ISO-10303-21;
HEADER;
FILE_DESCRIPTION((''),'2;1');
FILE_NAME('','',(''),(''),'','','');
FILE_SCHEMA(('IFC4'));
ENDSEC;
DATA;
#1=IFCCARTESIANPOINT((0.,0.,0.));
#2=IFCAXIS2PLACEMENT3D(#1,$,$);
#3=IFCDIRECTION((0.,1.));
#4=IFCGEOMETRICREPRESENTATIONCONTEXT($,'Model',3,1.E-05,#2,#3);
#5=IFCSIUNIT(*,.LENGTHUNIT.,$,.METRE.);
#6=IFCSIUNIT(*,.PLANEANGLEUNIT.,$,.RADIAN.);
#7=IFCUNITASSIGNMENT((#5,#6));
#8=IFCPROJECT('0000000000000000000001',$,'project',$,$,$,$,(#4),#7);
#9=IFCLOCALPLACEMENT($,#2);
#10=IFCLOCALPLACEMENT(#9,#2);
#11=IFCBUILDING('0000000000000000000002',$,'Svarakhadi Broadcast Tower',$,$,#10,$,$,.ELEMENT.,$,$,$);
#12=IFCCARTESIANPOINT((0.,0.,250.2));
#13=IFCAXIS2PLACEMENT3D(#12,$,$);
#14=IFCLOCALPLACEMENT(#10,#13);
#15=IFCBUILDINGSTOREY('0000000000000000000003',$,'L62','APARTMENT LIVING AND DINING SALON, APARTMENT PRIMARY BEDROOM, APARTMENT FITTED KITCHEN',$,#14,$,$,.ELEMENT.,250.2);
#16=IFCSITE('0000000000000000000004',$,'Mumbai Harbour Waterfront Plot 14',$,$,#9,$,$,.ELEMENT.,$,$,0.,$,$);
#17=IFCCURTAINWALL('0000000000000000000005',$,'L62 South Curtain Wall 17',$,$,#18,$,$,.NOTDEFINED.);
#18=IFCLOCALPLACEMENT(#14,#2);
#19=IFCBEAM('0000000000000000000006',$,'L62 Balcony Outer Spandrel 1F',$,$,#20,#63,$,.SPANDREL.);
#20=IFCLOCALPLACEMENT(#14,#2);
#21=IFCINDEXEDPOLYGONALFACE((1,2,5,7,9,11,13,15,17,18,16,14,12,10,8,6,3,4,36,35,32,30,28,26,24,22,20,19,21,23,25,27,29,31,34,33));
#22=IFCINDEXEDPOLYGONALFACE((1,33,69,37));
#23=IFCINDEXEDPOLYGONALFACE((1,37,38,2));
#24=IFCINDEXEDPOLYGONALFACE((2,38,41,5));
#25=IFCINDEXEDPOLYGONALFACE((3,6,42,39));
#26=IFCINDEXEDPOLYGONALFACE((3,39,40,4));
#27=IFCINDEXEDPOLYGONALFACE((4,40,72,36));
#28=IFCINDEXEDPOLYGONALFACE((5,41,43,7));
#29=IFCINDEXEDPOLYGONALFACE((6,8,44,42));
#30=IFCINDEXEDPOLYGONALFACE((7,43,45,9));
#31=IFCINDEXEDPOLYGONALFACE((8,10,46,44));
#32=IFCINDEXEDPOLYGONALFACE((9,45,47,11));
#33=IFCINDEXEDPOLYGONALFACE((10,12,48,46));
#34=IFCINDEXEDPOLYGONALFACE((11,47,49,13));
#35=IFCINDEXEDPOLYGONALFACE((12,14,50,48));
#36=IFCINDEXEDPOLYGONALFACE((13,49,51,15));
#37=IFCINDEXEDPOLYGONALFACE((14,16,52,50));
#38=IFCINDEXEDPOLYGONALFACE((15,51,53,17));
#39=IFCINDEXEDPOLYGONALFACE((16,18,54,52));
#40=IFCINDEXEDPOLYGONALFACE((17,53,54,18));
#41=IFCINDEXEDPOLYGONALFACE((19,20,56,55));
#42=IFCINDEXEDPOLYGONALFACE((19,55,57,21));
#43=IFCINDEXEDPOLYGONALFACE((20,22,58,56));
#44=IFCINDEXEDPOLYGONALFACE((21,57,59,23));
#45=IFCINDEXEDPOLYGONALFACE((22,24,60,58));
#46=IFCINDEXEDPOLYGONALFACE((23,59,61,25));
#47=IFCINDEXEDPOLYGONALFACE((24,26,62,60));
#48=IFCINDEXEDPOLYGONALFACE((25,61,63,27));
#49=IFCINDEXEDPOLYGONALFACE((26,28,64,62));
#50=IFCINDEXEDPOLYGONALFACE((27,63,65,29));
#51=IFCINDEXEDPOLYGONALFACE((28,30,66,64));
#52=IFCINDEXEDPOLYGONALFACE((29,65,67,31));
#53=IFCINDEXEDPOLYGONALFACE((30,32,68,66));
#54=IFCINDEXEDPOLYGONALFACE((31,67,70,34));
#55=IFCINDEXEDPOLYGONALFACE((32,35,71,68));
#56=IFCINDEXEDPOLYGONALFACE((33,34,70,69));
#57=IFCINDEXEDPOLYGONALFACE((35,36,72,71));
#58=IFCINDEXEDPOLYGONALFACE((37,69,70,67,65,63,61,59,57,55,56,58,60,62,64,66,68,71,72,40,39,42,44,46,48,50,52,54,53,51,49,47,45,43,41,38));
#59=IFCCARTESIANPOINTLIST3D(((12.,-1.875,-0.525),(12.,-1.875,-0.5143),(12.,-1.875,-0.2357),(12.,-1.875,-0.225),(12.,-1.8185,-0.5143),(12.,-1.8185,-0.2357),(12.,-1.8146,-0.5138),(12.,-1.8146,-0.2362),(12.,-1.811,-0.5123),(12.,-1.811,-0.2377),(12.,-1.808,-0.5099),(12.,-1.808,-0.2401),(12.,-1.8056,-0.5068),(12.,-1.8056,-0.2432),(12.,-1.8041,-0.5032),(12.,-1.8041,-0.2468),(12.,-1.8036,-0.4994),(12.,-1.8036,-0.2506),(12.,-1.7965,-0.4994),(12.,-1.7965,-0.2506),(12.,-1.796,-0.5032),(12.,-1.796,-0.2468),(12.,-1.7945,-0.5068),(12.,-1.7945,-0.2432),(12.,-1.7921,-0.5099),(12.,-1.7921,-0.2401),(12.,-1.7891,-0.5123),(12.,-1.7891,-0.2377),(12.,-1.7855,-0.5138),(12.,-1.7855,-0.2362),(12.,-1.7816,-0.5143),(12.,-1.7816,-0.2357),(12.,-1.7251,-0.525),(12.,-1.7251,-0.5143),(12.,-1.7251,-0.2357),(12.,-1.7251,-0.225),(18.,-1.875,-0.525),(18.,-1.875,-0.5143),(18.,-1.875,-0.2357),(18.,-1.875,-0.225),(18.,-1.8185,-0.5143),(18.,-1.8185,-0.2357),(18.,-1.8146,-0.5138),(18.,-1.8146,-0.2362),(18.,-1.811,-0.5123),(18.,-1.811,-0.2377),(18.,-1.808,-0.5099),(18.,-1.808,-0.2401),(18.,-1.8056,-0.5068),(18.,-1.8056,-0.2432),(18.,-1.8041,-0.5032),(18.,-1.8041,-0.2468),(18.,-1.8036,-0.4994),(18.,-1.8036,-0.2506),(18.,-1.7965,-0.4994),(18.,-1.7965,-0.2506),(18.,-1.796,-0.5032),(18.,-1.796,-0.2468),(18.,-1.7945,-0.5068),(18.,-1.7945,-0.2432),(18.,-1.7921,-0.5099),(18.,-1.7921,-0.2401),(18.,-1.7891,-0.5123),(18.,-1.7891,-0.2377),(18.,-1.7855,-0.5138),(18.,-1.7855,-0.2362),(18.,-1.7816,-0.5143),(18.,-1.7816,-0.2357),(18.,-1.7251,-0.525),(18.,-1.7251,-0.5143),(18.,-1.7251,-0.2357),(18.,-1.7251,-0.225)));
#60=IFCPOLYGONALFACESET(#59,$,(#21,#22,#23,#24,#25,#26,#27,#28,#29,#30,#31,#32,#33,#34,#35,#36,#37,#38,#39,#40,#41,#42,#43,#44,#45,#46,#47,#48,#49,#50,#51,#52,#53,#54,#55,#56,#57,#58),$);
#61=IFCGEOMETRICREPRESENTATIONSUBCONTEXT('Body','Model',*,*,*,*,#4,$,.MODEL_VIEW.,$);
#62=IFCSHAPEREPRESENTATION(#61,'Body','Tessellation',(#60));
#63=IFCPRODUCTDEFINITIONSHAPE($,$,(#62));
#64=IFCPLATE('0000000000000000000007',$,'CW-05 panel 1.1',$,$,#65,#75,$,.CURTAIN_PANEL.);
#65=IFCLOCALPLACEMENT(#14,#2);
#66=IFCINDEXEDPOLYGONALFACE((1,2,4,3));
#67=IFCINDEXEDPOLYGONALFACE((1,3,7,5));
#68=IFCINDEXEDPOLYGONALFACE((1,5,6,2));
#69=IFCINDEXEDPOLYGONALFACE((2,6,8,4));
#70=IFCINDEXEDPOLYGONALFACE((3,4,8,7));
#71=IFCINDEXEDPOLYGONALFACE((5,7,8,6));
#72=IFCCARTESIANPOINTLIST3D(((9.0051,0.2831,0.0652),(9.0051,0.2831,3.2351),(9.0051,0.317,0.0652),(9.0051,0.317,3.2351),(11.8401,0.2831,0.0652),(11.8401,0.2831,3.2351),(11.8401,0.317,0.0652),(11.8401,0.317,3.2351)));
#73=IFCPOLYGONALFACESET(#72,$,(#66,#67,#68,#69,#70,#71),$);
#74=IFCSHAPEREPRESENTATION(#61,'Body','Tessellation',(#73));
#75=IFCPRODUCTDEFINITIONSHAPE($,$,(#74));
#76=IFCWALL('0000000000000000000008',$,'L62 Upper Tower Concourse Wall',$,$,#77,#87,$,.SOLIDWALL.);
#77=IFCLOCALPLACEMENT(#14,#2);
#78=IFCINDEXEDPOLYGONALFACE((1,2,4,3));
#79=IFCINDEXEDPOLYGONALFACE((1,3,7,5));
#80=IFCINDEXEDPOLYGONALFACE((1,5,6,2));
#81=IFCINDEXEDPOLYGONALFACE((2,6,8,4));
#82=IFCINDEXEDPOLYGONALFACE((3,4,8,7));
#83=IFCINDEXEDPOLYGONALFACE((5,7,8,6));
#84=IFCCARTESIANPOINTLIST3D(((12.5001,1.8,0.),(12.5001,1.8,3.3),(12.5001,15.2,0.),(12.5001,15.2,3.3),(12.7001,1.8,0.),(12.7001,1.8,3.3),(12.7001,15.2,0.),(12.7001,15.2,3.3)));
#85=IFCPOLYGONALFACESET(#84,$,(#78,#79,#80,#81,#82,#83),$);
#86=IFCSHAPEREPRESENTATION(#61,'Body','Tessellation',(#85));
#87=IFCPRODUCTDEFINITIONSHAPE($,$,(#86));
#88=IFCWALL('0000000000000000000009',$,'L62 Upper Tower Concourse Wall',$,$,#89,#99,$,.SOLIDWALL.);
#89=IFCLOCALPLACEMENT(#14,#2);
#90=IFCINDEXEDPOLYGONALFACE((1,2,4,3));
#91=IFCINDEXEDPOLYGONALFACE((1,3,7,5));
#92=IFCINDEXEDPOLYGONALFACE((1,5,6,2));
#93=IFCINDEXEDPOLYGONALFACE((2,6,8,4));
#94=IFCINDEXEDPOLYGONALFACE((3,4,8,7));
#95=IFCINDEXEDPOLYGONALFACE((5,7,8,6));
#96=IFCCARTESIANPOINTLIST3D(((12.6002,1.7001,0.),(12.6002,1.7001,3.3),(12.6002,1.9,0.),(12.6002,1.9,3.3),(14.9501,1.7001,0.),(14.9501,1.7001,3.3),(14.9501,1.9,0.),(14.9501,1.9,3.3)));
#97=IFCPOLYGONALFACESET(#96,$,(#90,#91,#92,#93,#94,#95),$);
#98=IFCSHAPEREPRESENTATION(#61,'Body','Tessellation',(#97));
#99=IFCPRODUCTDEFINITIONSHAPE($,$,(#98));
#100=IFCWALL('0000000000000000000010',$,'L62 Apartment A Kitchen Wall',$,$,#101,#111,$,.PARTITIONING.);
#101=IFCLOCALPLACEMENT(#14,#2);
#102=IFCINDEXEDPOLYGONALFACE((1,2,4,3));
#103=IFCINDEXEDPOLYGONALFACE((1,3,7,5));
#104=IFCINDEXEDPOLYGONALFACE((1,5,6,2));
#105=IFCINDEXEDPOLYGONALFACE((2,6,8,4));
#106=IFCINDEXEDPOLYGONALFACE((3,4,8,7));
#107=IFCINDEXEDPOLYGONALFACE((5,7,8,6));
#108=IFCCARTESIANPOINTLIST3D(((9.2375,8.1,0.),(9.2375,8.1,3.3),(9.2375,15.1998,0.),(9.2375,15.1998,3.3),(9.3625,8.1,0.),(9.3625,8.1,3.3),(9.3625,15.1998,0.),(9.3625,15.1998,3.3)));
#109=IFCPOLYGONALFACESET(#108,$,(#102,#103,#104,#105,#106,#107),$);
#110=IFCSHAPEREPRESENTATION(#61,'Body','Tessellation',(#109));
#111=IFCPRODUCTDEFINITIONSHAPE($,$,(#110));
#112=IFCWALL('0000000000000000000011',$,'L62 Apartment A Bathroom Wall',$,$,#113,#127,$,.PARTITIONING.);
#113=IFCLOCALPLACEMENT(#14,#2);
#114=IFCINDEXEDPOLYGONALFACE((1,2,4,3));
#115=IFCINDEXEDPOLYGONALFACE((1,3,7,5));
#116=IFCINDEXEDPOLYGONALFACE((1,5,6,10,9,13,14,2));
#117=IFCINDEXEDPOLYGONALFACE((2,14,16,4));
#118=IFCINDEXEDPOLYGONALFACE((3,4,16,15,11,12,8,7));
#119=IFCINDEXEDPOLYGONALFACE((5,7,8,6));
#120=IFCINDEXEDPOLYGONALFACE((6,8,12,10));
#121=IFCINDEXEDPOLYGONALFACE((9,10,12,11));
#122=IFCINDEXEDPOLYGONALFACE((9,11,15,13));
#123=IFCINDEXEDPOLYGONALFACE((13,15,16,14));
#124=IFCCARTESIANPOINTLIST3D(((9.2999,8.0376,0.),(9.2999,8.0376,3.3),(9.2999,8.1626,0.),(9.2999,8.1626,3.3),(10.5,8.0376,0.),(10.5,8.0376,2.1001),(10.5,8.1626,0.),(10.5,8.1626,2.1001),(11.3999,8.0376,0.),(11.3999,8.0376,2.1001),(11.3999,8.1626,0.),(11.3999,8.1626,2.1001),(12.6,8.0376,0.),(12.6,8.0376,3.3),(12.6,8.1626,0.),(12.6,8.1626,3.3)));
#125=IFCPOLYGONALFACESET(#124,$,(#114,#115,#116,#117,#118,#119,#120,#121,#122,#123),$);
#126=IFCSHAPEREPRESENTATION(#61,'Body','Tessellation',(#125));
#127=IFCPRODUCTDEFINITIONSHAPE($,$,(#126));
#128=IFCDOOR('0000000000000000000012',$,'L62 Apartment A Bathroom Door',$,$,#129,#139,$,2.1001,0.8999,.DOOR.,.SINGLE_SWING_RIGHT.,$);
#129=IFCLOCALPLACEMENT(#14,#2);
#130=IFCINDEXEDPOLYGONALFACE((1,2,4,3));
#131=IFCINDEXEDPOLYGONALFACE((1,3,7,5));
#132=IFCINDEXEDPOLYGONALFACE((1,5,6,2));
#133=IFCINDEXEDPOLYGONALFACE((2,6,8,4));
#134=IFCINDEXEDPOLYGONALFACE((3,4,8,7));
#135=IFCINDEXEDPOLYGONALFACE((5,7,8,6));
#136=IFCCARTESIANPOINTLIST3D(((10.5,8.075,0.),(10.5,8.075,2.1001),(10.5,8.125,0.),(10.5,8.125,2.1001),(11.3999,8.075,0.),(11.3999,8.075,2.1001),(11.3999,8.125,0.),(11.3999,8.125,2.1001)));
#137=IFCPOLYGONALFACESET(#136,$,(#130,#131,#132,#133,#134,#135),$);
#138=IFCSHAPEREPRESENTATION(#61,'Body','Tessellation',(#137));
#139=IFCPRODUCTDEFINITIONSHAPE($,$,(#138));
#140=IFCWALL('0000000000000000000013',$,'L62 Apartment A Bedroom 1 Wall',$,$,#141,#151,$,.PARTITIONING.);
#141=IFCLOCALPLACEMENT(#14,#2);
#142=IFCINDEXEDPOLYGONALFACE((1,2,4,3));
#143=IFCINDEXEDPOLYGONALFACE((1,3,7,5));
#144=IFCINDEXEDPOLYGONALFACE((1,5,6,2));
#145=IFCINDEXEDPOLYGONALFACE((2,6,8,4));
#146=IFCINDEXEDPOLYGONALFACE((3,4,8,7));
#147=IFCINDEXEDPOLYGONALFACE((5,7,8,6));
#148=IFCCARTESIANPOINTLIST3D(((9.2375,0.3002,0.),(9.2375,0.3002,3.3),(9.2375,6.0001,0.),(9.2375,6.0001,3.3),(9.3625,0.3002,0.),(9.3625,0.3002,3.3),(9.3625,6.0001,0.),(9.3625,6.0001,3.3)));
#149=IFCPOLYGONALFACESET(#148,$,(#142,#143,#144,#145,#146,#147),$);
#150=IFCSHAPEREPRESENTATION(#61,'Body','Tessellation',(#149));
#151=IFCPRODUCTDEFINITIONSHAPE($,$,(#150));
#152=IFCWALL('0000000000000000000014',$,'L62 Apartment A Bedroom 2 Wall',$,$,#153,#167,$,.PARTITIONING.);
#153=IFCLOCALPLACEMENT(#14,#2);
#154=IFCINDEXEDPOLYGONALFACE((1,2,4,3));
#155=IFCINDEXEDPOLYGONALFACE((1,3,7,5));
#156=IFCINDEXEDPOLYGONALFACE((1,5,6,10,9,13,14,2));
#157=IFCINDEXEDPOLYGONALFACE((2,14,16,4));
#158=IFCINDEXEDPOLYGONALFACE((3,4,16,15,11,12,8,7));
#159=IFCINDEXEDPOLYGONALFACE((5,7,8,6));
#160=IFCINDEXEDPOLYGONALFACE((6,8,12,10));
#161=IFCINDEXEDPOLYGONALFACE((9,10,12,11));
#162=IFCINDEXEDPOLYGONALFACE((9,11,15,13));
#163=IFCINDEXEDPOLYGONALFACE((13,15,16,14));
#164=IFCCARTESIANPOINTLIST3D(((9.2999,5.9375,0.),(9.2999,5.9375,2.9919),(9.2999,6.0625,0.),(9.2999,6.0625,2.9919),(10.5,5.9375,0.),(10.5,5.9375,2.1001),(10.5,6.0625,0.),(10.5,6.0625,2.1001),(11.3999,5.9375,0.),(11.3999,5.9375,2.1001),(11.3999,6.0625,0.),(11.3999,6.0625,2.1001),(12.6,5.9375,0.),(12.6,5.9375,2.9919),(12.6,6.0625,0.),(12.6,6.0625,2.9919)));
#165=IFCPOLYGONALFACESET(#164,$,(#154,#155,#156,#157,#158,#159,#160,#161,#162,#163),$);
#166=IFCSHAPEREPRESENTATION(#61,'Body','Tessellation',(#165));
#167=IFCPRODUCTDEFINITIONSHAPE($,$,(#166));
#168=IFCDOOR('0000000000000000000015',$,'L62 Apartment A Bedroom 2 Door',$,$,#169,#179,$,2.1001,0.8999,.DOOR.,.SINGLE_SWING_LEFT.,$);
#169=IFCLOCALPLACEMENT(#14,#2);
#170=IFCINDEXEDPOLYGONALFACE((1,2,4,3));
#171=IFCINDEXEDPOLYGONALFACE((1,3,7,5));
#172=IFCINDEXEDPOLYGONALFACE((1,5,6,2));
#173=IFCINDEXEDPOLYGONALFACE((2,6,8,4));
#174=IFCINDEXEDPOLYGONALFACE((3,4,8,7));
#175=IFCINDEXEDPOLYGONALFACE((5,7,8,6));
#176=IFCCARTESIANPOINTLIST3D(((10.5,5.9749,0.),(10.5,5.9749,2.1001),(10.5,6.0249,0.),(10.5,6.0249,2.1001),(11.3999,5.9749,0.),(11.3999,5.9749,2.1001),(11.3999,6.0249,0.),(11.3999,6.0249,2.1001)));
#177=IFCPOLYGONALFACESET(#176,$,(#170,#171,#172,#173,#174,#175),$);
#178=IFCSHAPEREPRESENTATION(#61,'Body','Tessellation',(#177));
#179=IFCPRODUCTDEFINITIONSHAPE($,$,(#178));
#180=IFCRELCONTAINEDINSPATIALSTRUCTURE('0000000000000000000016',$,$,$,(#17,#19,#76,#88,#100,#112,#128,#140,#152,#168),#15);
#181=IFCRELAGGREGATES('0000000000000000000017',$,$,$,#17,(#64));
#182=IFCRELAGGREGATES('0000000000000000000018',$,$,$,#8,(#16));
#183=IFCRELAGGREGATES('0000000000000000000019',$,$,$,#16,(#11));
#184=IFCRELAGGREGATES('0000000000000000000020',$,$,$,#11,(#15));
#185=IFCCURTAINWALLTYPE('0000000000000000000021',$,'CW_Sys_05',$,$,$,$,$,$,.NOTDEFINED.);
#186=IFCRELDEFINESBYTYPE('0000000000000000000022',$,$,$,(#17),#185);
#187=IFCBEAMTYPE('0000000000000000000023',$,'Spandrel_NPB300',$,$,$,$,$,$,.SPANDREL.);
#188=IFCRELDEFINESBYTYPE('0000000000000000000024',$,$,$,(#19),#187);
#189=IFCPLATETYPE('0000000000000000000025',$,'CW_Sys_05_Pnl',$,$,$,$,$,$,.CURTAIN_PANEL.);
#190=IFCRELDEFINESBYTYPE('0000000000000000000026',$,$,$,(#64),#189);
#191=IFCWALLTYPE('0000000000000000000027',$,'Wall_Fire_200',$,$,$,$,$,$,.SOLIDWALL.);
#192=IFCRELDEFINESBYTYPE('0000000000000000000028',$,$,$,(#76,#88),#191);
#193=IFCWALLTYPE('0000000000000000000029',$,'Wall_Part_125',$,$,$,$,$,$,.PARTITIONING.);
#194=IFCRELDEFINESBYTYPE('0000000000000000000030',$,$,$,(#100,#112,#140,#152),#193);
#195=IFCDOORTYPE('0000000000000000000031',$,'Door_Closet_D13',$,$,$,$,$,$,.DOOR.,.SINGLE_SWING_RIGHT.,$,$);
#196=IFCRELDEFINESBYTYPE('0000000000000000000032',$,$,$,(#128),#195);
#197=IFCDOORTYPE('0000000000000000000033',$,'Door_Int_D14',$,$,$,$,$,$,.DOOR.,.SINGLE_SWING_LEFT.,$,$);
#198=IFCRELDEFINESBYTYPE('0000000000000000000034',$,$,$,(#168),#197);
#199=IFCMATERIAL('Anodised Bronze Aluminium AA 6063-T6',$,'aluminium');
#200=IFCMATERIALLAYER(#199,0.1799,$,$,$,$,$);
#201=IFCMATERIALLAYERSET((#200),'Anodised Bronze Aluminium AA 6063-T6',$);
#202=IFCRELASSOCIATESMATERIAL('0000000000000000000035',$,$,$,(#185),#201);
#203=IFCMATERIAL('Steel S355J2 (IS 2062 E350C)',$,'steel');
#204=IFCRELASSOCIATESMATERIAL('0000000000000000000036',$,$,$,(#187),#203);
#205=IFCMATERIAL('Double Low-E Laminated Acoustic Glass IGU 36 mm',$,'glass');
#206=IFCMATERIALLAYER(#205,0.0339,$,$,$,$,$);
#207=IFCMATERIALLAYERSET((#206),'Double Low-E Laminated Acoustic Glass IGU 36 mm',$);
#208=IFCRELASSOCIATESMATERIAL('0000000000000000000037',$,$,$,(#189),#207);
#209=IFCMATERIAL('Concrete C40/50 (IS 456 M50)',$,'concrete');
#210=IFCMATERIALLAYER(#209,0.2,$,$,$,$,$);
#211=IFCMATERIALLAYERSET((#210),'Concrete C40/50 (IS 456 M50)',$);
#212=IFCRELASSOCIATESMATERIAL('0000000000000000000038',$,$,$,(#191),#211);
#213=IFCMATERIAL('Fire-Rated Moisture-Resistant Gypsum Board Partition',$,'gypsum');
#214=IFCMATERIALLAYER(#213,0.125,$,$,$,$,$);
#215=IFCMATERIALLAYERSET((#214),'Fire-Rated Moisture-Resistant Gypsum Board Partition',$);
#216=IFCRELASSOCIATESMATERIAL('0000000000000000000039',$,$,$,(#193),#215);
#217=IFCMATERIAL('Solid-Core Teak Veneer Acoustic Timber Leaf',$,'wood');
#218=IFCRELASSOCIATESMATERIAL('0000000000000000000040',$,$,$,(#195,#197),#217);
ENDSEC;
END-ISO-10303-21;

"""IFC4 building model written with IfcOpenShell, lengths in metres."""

from ifc_helpers import new_model, si_unit, direction, frame, frame_2d, origin, origin_2d, place, context, subcontext, project, spatial, rectangle, i_section, extrude, material, layer, layer_set, material_profile, profile_set, type_object, element, fill, aggregate, save


model = new_model("IFC4")

# Units and contexts
model_context = context("Model", 3, precision=1e-05, world=origin(), true_north=direction((0.0, 1.0)))
body_context = subcontext(model_context, "Body", "Model", "MODEL_VIEW")
ifc_project = project(units=[si_unit("LENGTHUNIT", "METRE"), si_unit("PLANEANGLEUNIT", "RADIAN")], contexts=[model_context])

# Site, building, storey
site_placement = place(None, origin())
site = spatial("IfcSite", under=ifc_project, at=site_placement, Name="Mumbai Harbour Waterfront Plot 14", CompositionType="ELEMENT", RefElevation=0.0)
building_placement = place(site_placement, origin())
building = spatial("IfcBuilding", under=site, at=building_placement, Name="Svarakhadi Broadcast Tower", CompositionType="ELEMENT")
storey_placement = place(building_placement, frame((0.0, 0.0, 250.2)))
storey = spatial("IfcBuildingStorey", under=building, at=storey_placement, Name="L62", Description="APARTMENT LIVING AND DINING SALON, APARTMENT PRIMARY BEDROOM, APARTMENT FITTED KITCHEN", CompositionType="ELEMENT", Elevation=250.2)

# Shared definitions
ifc_material_1 = material(Name="Steel S355J2 (IS 2062 E350C)", Category="steel")

# Curtain wall
ifc_material_2 = material(Name="Anodised Bronze Aluminium AA 6063-T6", Category="aluminium")
ifc_layer_1 = layer(ifc_material_2, 0.1799)
ifc_layer_set_1 = layer_set([ifc_layer_1], Name="Anodised Bronze Aluminium AA 6063-T6")
curtain_wall_type = type_object("IfcCurtainWallType", Name="CW_Sys_05", PredefinedType="NOTDEFINED", material=ifc_layer_set_1)
curtain_wall_placement = place(storey_placement, origin())
curtain_wall = element("IfcCurtainWall", 1, at=curtain_wall_placement, inside=storey, type_object=curtain_wall_type, Name="L62 South Curtain Wall 17", PredefinedType="NOTDEFINED")

# Beam
ifc_material_profile_1 = material_profile(ifc_material_1, i_section(OverallWidth=0.1499, OverallDepth=0.3, WebThickness=0.0071, FlangeThickness=0.0107, FilletRadius=0.0149, at=origin_2d()), Name="NPB 300x150x37")
ifc_profile_set_1 = profile_set([ifc_material_profile_1], Name="Steel S355J2 (IS 2062 E350C)")
beam_type_1 = type_object("IfcBeamType", Name="Spandrel_NPB300", PredefinedType="SPANDREL", material=ifc_profile_set_1)
beam_1_placement = place(storey_placement, frame((12.0, -1.8, -0.375), z_axis=(1.0, 0.0, 0.0), x_axis=(0.0, 1.0, 0.0)))
element("IfcBeam", 2, at=beam_1_placement, inside=storey, type_object=beam_type_1, Name="L62 Balcony Outer Spandrel 1F", PredefinedType="SPANDREL", context=body_context, shape_type="SweptSolid", body=[
    extrude(i_section(OverallWidth=0.1499, OverallDepth=0.3, WebThickness=0.0071, FlangeThickness=0.0107, FilletRadius=0.0149, at=origin_2d()), origin(), (0.0, 0.0, 1.0), 6.0),
])

# Plate
ifc_material_3 = material(Name="Double Low-E Laminated Acoustic Glass IGU 36 mm", Category="glass")
ifc_layer_2 = layer(ifc_material_3, 0.0339)
ifc_layer_set_2 = layer_set([ifc_layer_2], Name="Double Low-E Laminated Acoustic Glass IGU 36 mm")
plate_type = type_object("IfcPlateType", Name="CW_Sys_05_Pnl", PredefinedType="CURTAIN_PANEL", material=ifc_layer_set_2)
plate_placement = place(storey_placement, frame((10.4226, 0.3, 0.0652), z_axis=(0.0, 0.0, 1.0), x_axis=(-1.0, 0.0, 0.0)))
plate = element("IfcPlate", 3, at=plate_placement, type_object=plate_type, Name="CW-05 panel 1.1", PredefinedType="CURTAIN_PANEL", context=body_context, shape_type="SweptSolid", body=[
    extrude(rectangle(XDim=2.835, YDim=0.0339, at=origin_2d()), origin(), (0.0, 0.0, 1.0), 3.1699),
])
aggregate(curtain_wall, [plate])

# Walls
ifc_material_4 = material(Name="Concrete C40/50 (IS 456 M50)", Category="concrete")
ifc_layer_3 = layer(ifc_material_4, 0.2)
ifc_layer_set_3 = layer_set([ifc_layer_3], Name="Concrete C40/50 (IS 456 M50)")
wall_type_1 = type_object("IfcWallType", Name="Wall_Fire_200", PredefinedType="SOLIDWALL", material=ifc_layer_set_3)
wall_1_placement = place(storey_placement, frame((12.6001, 1.8, 0.0), z_axis=(0.0, 0.0, 1.0), x_axis=(0.0, 1.0, 0.0)))
element("IfcWall", 4, at=wall_1_placement, inside=storey, type_object=wall_type_1, Name="L62 Upper Tower Concourse Wall", PredefinedType="SOLIDWALL", context=body_context, shape_type="SweptSolid", body=[
    extrude(rectangle(XDim=13.3999, YDim=0.2, at=frame_2d((6.7, 0.0))), origin(), (0.0, 0.0, 1.0), 3.3),
])
wall_2_placement = place(storey_placement, frame((14.95, 1.8, 0.0), z_axis=(0.0, 0.0, 1.0), x_axis=(-1.0, 0.0, 0.0)))
element("IfcWall", 5, at=wall_2_placement, inside=storey, type_object=wall_type_1, Name="L62 Upper Tower Concourse Wall", PredefinedType="SOLIDWALL", context=body_context, shape_type="SweptSolid", body=[
    extrude(rectangle(XDim=2.3499, YDim=0.2, at=frame_2d((1.1748, 0.0))), origin(), (0.0, 0.0, 1.0), 3.3),
])
ifc_material_5 = material(Name="Fire-Rated Moisture-Resistant Gypsum Board Partition", Category="gypsum")
ifc_layer_4 = layer(ifc_material_5, 0.125)
ifc_layer_set_4 = layer_set([ifc_layer_4], Name="Fire-Rated Moisture-Resistant Gypsum Board Partition")
wall_type_2 = type_object("IfcWallType", Name="Wall_Part_125", PredefinedType="PARTITIONING", material=ifc_layer_set_4)
wall_3_placement = place(storey_placement, frame((9.3, 8.1001, 0.0), z_axis=(0.0, 0.0, 1.0), x_axis=(0.0, 1.0, 0.0)))
element("IfcWall", 6, at=wall_3_placement, inside=storey, type_object=wall_type_2, Name="L62 Apartment A Kitchen Wall", PredefinedType="PARTITIONING", context=body_context, shape_type="SweptSolid", body=[
    extrude(rectangle(XDim=7.0999, YDim=0.125, at=frame_2d((3.5498, 0.0))), origin(), (0.0, 0.0, 1.0), 3.3),
])

# Wall, opening, door
wall_4_placement = place(storey_placement, frame((9.3, 8.1001, 0.0), z_axis=(0.0, 0.0, 1.0), x_axis=(1.0, 0.0, 0.0)))
wall_4 = element("IfcWall", 7, at=wall_4_placement, inside=storey, type_object=wall_type_2, Name="L62 Apartment A Bathroom Wall", PredefinedType="PARTITIONING", context=body_context, shape_type="SweptSolid", body=[
    extrude(rectangle(XDim=3.3, YDim=0.125, at=frame_2d((1.6499, 0.0))), origin(), (0.0, 0.0, 1.0), 3.3),
])
opening_1_placement = place(wall_4_placement, frame((1.2, 0.0, 0.0)))
opening_1 = element("IfcOpeningElement", 8, at=opening_1_placement, cuts=wall_4, PredefinedType="OPENING", context=body_context, shape_type="SweptSolid", body=[
    extrude(rectangle(XDim=0.8999, YDim=2.1001, at=frame_2d((0.45, 1.05))), frame((0.0, 0.0725, 0.0), z_axis=(0.0, -1.0, 0.0), x_axis=(1.0, 0.0, 0.0)), (0.0, 0.0, 1.0), 0.145),
])
ifc_material_6 = material(Name="Solid-Core Teak Veneer Acoustic Timber Leaf", Category="wood")
door_type_1 = type_object("IfcDoorType", Name="Door_Closet_D13", OperationType="SINGLE_SWING_RIGHT", PredefinedType="DOOR", material=ifc_material_6)
door_1_placement = place(opening_1_placement, origin())
door_1 = element("IfcDoor", 9, at=door_1_placement, inside=storey, type_object=door_type_1, Name="L62 Apartment A Bathroom Door", OperationType="SINGLE_SWING_RIGHT", OverallHeight=2.1001, OverallWidth=0.8999, PredefinedType="DOOR", context=body_context, shape_type="SweptSolid", body=[
    extrude(rectangle(XDim=0.8999, YDim=2.1001, at=frame_2d((0.45, 1.05))), frame((0.0, 0.0249, 0.0), z_axis=(0.0, -1.0, 0.0), x_axis=(1.0, 0.0, 0.0)), (0.0, 0.0, 1.0), 0.05),
])
fill(opening_1, door_1)

# Wall
wall_5_placement = place(storey_placement, frame((9.3, 0.3, 0.0), z_axis=(0.0, 0.0, 1.0), x_axis=(0.0, 1.0, 0.0)))
element("IfcWall", 10, at=wall_5_placement, inside=storey, type_object=wall_type_2, Name="L62 Apartment A Bedroom 1 Wall", PredefinedType="PARTITIONING", context=body_context, shape_type="SweptSolid", body=[
    extrude(rectangle(XDim=5.7, YDim=0.125, at=frame_2d((2.8501, 0.0))), origin(), (0.0, 0.0, 1.0), 3.3),
])

# Wall, opening, door
wall_6_placement = place(storey_placement, frame((9.3, 6.0, 0.0), z_axis=(0.0, 0.0, 1.0), x_axis=(1.0, 0.0, 0.0)))
wall_6 = element("IfcWall", 11, at=wall_6_placement, inside=storey, type_object=wall_type_2, Name="L62 Apartment A Bedroom 2 Wall", PredefinedType="PARTITIONING", context=body_context, shape_type="SweptSolid", body=[
    extrude(rectangle(XDim=3.3, YDim=0.125, at=frame_2d((1.6499, 0.0))), origin(), (0.0, 0.0, 1.0), 2.9919),
])
opening_2_placement = place(wall_6_placement, frame((1.2, 0.0, 0.0)))
opening_2 = element("IfcOpeningElement", 12, at=opening_2_placement, cuts=wall_6, PredefinedType="OPENING", context=body_context, shape_type="SweptSolid", body=[
    extrude(rectangle(XDim=0.8999, YDim=2.1001, at=frame_2d((0.45, 1.05))), frame((0.0, 0.0725, 0.0), z_axis=(0.0, -1.0, 0.0), x_axis=(1.0, 0.0, 0.0)), (0.0, 0.0, 1.0), 0.145),
])
door_type_2 = type_object("IfcDoorType", Name="Door_Int_D14", OperationType="SINGLE_SWING_LEFT", PredefinedType="DOOR", material=ifc_material_6)
door_2_placement = place(opening_2_placement, origin())
door_2 = element("IfcDoor", 13, at=door_2_placement, inside=storey, type_object=door_type_2, Name="L62 Apartment A Bedroom 2 Door", OperationType="SINGLE_SWING_LEFT", OverallHeight=2.1001, OverallWidth=0.8999, PredefinedType="DOOR", context=body_context, shape_type="SweptSolid", body=[
    extrude(rectangle(XDim=0.8999, YDim=2.1001, at=frame_2d((0.45, 1.05))), frame((0.0, 0.0249, 0.0), z_axis=(0.0, -1.0, 0.0), x_axis=(1.0, 0.0, 0.0)), (0.0, 0.0, 1.0), 0.05),
])
fill(opening_2, door_2)

save(model, "model.ifc")
